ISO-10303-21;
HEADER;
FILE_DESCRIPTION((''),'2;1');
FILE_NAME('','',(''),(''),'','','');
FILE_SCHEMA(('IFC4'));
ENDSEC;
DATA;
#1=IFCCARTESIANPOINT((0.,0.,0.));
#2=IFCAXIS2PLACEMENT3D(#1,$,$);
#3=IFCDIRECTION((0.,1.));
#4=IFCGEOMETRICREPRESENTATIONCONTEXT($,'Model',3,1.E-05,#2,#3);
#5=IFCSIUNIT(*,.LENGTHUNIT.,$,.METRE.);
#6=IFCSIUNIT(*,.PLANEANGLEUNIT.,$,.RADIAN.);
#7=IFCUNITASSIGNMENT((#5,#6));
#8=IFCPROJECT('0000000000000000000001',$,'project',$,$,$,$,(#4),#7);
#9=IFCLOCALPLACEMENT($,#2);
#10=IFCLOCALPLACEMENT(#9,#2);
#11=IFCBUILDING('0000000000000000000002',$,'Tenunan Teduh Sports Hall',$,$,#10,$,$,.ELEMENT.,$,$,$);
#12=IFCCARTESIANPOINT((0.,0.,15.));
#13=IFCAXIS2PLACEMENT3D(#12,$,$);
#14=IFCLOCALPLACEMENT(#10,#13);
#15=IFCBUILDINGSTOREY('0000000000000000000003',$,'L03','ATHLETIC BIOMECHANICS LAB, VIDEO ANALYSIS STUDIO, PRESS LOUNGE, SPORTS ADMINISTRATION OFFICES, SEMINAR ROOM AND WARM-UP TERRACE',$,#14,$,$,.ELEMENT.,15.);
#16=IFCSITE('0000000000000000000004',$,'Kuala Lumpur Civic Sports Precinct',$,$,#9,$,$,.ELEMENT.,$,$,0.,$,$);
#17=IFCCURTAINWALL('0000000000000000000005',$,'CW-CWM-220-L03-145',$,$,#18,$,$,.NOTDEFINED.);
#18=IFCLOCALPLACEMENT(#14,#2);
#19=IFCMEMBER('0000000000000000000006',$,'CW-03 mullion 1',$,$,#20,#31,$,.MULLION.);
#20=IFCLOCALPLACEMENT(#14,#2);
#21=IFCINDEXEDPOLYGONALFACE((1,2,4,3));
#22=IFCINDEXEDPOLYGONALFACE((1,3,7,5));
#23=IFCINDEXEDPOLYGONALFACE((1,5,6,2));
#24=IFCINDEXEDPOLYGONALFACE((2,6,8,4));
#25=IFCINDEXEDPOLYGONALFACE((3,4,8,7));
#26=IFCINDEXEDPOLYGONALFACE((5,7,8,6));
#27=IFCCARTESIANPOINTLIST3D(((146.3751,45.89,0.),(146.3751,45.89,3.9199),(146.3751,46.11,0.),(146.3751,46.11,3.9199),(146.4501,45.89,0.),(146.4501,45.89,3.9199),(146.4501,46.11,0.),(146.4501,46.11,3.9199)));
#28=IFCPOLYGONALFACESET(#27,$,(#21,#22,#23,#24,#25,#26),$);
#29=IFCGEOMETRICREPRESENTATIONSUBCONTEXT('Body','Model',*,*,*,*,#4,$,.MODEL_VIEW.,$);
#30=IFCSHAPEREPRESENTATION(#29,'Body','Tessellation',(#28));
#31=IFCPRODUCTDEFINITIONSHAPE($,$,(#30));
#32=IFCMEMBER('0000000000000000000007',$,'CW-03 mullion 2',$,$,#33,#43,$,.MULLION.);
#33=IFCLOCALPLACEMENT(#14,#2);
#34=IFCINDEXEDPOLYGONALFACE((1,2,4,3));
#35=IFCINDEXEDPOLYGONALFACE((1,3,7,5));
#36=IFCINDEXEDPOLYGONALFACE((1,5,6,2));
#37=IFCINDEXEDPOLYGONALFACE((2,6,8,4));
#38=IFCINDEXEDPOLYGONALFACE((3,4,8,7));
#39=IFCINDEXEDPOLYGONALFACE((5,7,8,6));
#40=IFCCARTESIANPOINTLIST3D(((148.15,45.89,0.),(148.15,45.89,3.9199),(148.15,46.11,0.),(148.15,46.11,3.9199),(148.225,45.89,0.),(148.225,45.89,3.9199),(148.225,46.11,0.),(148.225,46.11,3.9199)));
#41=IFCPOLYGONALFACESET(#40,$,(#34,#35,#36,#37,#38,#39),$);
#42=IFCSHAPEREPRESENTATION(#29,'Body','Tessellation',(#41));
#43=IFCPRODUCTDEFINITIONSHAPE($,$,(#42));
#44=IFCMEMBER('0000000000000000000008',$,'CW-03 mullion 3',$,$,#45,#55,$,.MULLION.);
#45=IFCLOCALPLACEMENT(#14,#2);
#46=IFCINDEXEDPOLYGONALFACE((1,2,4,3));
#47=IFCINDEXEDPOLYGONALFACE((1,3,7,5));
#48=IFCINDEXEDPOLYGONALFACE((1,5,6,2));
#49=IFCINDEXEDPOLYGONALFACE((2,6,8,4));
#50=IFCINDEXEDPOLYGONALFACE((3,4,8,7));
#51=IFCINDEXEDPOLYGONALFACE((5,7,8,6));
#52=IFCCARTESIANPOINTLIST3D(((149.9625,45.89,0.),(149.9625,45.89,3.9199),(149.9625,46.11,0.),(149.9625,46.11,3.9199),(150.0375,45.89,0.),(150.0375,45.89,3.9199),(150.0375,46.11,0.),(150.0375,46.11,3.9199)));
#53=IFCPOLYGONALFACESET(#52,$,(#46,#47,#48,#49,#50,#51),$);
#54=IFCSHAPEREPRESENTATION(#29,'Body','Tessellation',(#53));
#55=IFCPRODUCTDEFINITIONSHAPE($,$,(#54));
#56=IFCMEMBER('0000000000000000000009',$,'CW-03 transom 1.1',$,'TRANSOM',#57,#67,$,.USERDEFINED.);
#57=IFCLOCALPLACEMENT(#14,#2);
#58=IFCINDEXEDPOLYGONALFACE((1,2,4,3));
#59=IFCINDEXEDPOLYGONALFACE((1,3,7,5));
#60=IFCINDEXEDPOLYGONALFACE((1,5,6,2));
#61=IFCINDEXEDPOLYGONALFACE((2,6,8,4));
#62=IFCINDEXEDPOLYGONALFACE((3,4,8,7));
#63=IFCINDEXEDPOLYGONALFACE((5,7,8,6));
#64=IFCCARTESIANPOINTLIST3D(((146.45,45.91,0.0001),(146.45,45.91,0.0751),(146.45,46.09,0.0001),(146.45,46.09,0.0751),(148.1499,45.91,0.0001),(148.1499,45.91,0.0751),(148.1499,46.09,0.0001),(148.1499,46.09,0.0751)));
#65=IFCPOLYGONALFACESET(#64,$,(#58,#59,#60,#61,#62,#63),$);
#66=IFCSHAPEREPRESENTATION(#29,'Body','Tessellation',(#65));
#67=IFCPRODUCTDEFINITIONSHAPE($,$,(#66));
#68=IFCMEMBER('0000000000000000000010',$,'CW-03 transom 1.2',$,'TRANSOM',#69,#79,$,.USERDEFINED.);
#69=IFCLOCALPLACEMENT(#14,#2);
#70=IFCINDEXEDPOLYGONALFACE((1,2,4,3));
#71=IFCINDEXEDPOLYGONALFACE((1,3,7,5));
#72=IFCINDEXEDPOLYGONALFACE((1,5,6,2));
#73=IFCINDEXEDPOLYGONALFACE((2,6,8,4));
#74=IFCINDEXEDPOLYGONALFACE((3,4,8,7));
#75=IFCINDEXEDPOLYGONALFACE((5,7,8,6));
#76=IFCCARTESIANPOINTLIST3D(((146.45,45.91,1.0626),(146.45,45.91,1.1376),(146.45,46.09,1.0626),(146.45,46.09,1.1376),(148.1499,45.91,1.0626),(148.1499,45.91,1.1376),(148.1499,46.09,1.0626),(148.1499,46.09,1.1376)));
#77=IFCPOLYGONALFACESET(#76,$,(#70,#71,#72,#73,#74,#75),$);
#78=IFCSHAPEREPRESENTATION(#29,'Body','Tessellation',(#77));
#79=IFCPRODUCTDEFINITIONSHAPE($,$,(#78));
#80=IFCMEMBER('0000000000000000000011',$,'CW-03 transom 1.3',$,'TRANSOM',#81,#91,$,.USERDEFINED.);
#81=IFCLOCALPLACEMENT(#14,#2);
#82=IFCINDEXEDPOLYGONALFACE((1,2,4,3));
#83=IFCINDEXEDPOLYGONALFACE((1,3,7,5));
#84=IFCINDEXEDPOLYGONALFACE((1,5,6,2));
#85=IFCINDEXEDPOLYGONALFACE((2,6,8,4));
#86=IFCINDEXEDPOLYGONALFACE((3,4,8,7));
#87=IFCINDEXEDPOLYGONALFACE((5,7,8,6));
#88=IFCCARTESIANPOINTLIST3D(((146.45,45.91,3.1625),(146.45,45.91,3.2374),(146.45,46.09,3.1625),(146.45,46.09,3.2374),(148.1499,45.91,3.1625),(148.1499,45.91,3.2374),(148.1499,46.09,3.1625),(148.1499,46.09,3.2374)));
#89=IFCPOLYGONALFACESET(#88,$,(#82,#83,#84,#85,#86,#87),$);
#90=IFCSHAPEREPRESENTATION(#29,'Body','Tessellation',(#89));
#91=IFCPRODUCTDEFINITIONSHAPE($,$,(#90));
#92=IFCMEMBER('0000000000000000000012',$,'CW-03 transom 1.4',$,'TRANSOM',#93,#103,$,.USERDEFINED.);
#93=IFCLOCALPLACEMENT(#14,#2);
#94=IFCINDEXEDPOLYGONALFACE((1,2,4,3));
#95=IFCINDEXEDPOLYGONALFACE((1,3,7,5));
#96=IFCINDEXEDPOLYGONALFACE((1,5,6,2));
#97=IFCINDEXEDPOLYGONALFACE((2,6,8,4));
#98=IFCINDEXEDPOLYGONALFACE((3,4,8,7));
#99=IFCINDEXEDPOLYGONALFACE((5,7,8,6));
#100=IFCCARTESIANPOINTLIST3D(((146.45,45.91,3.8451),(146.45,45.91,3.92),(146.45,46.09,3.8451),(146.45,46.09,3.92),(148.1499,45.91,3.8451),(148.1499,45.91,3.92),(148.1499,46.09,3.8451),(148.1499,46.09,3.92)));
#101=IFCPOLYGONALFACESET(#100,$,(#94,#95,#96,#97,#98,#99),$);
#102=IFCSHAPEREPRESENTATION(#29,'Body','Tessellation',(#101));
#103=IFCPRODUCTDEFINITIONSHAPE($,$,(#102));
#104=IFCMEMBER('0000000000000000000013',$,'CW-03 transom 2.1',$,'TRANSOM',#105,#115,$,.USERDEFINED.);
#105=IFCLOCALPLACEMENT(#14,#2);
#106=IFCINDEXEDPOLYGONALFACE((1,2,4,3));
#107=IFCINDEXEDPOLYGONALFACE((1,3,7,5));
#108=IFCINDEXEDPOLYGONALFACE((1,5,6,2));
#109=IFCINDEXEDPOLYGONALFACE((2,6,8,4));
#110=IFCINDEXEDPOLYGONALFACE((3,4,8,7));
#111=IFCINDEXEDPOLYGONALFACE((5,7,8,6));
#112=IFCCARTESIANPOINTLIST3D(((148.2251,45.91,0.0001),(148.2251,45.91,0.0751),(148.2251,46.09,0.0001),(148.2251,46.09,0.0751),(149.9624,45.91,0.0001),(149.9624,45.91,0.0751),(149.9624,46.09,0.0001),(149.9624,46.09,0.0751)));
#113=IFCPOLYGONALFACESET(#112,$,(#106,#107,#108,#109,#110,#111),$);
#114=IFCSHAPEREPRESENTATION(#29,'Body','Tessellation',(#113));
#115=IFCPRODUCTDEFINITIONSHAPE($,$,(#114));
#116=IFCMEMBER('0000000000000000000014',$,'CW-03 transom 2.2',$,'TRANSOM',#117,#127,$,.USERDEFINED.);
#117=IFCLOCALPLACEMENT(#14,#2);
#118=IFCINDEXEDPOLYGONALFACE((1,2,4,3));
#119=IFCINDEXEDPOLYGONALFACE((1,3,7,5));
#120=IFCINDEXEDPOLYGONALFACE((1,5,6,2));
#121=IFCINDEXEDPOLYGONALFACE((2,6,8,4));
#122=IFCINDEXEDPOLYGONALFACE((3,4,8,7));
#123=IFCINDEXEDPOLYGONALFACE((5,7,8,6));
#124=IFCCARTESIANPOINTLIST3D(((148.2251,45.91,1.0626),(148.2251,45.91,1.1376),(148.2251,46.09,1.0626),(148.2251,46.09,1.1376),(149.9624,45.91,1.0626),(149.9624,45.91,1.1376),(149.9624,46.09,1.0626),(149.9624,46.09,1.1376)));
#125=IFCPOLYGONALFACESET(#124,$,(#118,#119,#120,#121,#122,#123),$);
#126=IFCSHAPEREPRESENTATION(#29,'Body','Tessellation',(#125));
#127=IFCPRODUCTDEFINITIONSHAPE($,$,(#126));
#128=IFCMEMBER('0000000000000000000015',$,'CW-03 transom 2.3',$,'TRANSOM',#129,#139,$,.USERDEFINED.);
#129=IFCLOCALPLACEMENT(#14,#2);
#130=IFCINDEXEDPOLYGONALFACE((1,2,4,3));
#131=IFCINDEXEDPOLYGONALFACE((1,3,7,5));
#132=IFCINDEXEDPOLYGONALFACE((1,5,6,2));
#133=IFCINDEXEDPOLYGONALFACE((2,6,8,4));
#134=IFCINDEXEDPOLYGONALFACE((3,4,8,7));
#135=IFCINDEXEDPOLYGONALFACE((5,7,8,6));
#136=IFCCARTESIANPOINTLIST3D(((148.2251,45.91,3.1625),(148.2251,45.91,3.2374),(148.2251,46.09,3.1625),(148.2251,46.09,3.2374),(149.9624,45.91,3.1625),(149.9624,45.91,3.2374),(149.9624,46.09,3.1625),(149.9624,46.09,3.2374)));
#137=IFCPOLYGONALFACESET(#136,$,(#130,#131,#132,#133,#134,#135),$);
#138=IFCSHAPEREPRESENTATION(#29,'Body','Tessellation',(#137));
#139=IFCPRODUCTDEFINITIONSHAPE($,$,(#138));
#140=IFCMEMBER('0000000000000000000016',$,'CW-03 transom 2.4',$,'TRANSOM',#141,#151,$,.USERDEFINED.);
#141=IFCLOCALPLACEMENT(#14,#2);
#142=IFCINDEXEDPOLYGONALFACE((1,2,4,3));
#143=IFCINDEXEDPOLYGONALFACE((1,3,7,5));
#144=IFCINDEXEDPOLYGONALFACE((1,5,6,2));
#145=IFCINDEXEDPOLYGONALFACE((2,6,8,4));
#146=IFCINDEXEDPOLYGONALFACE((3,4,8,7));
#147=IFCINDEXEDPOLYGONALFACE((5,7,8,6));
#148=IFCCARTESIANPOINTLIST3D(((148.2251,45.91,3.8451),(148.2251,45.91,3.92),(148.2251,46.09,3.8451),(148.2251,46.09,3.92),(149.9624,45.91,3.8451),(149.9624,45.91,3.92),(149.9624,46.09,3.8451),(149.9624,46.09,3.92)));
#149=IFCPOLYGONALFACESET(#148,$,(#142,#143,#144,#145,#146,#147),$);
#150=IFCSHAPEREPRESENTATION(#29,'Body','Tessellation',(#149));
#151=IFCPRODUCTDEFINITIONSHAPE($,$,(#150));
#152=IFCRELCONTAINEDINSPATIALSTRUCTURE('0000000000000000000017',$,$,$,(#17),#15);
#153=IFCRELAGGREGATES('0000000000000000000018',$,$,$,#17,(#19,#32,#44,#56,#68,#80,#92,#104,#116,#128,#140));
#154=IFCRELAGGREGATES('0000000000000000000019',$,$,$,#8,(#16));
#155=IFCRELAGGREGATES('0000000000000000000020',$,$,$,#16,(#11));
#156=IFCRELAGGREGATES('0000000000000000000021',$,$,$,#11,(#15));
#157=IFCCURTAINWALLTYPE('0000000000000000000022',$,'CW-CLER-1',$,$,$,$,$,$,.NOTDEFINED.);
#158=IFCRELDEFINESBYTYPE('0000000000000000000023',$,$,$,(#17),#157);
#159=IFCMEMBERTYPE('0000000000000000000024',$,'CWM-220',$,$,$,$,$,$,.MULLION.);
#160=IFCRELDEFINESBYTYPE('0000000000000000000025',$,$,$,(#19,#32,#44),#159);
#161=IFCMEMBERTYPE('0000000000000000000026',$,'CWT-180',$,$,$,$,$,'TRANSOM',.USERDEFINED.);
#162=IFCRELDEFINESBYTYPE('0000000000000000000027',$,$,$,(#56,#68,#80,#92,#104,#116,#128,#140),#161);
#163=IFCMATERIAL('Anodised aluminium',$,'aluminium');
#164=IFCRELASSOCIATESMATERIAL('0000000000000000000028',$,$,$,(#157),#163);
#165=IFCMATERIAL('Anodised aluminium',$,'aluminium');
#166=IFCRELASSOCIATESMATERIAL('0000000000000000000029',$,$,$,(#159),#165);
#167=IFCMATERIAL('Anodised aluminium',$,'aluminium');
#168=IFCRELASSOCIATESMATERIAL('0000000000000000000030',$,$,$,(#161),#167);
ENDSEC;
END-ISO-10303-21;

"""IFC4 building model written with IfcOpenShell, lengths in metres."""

from ifc_helpers import new_model, si_unit, direction, frame, origin, origin_2d, place, context, subcontext, project, spatial, rectangle, extrude, material, material_profile, profile_set, type_object, element, aggregate, save


model = new_model("IFC4")

# Units and contexts
model_context = context("Model", 3, precision=1e-05, world=origin(), true_north=direction((0.0, 1.0)))
body_context = subcontext(model_context, "Body", "Model", "MODEL_VIEW")
ifc_project = project(units=[si_unit("LENGTHUNIT", "METRE"), si_unit("PLANEANGLEUNIT", "RADIAN")], contexts=[model_context])

# Site, building, storey
site_placement = place(None, origin())
site = spatial("IfcSite", under=ifc_project, at=site_placement, Name="Kuala Lumpur Civic Sports Precinct", CompositionType="ELEMENT", RefElevation=0.0)
building_placement = place(site_placement, origin())
building = spatial("IfcBuilding", under=site, at=building_placement, Name="Tenunan Teduh Sports Hall", CompositionType="ELEMENT")
storey_placement = place(building_placement, frame((0.0, 0.0, 15.0)))
storey = spatial("IfcBuildingStorey", under=building, at=storey_placement, Name="L03", Description="ATHLETIC BIOMECHANICS LAB, VIDEO ANALYSIS STUDIO, PRESS LOUNGE, SPORTS ADMINISTRATION OFFICES, SEMINAR ROOM AND WARM-UP TERRACE", CompositionType="ELEMENT", Elevation=15.0)

# Curtain wall, members
ifc_material_1 = material(Name="Anodised aluminium", Category="aluminium")
curtain_wall_type = type_object("IfcCurtainWallType", Name="CW-CLER-1", PredefinedType="NOTDEFINED", material=ifc_material_1)
curtain_wall_placement = place(storey_placement, origin())
curtain_wall = element("IfcCurtainWall", 1, at=curtain_wall_placement, inside=storey, type_object=curtain_wall_type, Name="CW-CWM-220-L03-145", PredefinedType="NOTDEFINED")
ifc_material_2 = material(Name="Anodised aluminium", Category="aluminium")
ifc_material_profile_1 = material_profile(ifc_material_2, rectangle(XDim=0.075, YDim=0.22, at=origin_2d()), Name="CWM 75x220")
ifc_profile_set_1 = profile_set([ifc_material_profile_1], Name="Anodised aluminium")
member_type_1 = type_object("IfcMemberType", Name="CWM-220", PredefinedType="MULLION", material=ifc_profile_set_1)
member_1_placement = place(storey_placement, frame((146.4126, 46.0, 0.0), z_axis=(0.0, 0.0, 1.0), x_axis=(1.0, 0.0, 0.0)))
member_1 = element("IfcMember", 2, at=member_1_placement, type_object=member_type_1, Name="CW-03 mullion 1", PredefinedType="MULLION", context=body_context, shape_type="SweptSolid", body=[
    extrude(rectangle(XDim=0.075, YDim=0.22, at=origin_2d()), origin(), (0.0, 0.0, 1.0), 3.9199),
])
member_2_placement = place(storey_placement, frame((148.1875, 46.0, 0.0), z_axis=(0.0, 0.0, 1.0), x_axis=(1.0, 0.0, 0.0)))
member_2 = element("IfcMember", 3, at=member_2_placement, type_object=member_type_1, Name="CW-03 mullion 2", PredefinedType="MULLION", context=body_context, shape_type="SweptSolid", body=[
    extrude(rectangle(XDim=0.075, YDim=0.22, at=origin_2d()), origin(), (0.0, 0.0, 1.0), 3.9199),
])
member_3_placement = place(storey_placement, frame((150.0, 46.0, 0.0), z_axis=(0.0, 0.0, 1.0), x_axis=(1.0, 0.0, 0.0)))
member_3 = element("IfcMember", 4, at=member_3_placement, type_object=member_type_1, Name="CW-03 mullion 3", PredefinedType="MULLION", context=body_context, shape_type="SweptSolid", body=[
    extrude(rectangle(XDim=0.075, YDim=0.22, at=origin_2d()), origin(), (0.0, 0.0, 1.0), 3.9199),
])
ifc_material_3 = material(Name="Anodised aluminium", Category="aluminium")
ifc_material_profile_2 = material_profile(ifc_material_3, rectangle(XDim=0.075, YDim=0.1799, at=origin_2d()), Name="CWT 75x180")
ifc_profile_set_2 = profile_set([ifc_material_profile_2], Name="Anodised aluminium")
member_type_2 = type_object("IfcMemberType", Name="CWT-180", ElementType="TRANSOM", PredefinedType="USERDEFINED", material=ifc_profile_set_2)
member_4_placement = place(storey_placement, frame((146.45, 46.0, 0.0376), z_axis=(1.0, 0.0, 0.0), x_axis=(0.0, 0.0, 1.0)))
member_4 = element("IfcMember", 5, at=member_4_placement, type_object=member_type_2, Name="CW-03 transom 1.1", ObjectType="TRANSOM", PredefinedType="USERDEFINED", context=body_context, shape_type="SweptSolid", body=[
    extrude(rectangle(XDim=0.075, YDim=0.1799, at=origin_2d()), origin(), (0.0, 0.0, 1.0), 1.7),
])
member_5_placement = place(storey_placement, frame((146.45, 46.0, 1.1001), z_axis=(1.0, 0.0, 0.0), x_axis=(0.0, 0.0, 1.0)))
member_5 = element("IfcMember", 6, at=member_5_placement, type_object=member_type_2, Name="CW-03 transom 1.2", ObjectType="TRANSOM", PredefinedType="USERDEFINED", context=body_context, shape_type="SweptSolid", body=[
    extrude(rectangle(XDim=0.075, YDim=0.1799, at=origin_2d()), origin(), (0.0, 0.0, 1.0), 1.7),
])
member_6_placement = place(storey_placement, frame((146.45, 46.0, 3.2), z_axis=(1.0, 0.0, 0.0), x_axis=(0.0, 0.0, 1.0)))
member_6 = element("IfcMember", 7, at=member_6_placement, type_object=member_type_2, Name="CW-03 transom 1.3", ObjectType="TRANSOM", PredefinedType="USERDEFINED", context=body_context, shape_type="SweptSolid", body=[
    extrude(rectangle(XDim=0.075, YDim=0.1799, at=origin_2d()), origin(), (0.0, 0.0, 1.0), 1.7),
])
member_7_placement = place(storey_placement, frame((146.45, 46.0, 3.8826), z_axis=(1.0, 0.0, 0.0), x_axis=(0.0, 0.0, 1.0)))
member_7 = element("IfcMember", 8, at=member_7_placement, type_object=member_type_2, Name="CW-03 transom 1.4", ObjectType="TRANSOM", PredefinedType="USERDEFINED", context=body_context, shape_type="SweptSolid", body=[
    extrude(rectangle(XDim=0.075, YDim=0.1799, at=origin_2d()), origin(), (0.0, 0.0, 1.0), 1.7),
])
member_8_placement = place(storey_placement, frame((148.2251, 46.0, 0.0376), z_axis=(1.0, 0.0, 0.0), x_axis=(0.0, 0.0, 1.0)))
member_8 = element("IfcMember", 9, at=member_8_placement, type_object=member_type_2, Name="CW-03 transom 2.1", ObjectType="TRANSOM", PredefinedType="USERDEFINED", context=body_context, shape_type="SweptSolid", body=[
    extrude(rectangle(XDim=0.075, YDim=0.1799, at=origin_2d()), origin(), (0.0, 0.0, 1.0), 1.7373),
])
member_9_placement = place(storey_placement, frame((148.2251, 46.0, 1.1001), z_axis=(1.0, 0.0, 0.0), x_axis=(0.0, 0.0, 1.0)))
member_9 = element("IfcMember", 10, at=member_9_placement, type_object=member_type_2, Name="CW-03 transom 2.2", ObjectType="TRANSOM", PredefinedType="USERDEFINED", context=body_context, shape_type="SweptSolid", body=[
    extrude(rectangle(XDim=0.075, YDim=0.1799, at=origin_2d()), origin(), (0.0, 0.0, 1.0), 1.7373),
])
member_10_placement = place(storey_placement, frame((148.2251, 46.0, 3.2), z_axis=(1.0, 0.0, 0.0), x_axis=(0.0, 0.0, 1.0)))
member_10 = element("IfcMember", 11, at=member_10_placement, type_object=member_type_2, Name="CW-03 transom 2.3", ObjectType="TRANSOM", PredefinedType="USERDEFINED", context=body_context, shape_type="SweptSolid", body=[
    extrude(rectangle(XDim=0.075, YDim=0.1799, at=origin_2d()), origin(), (0.0, 0.0, 1.0), 1.7373),
])
member_11_placement = place(storey_placement, frame((148.2251, 46.0, 3.8826), z_axis=(1.0, 0.0, 0.0), x_axis=(0.0, 0.0, 1.0)))
member_11 = element("IfcMember", 12, at=member_11_placement, type_object=member_type_2, Name="CW-03 transom 2.4", ObjectType="TRANSOM", PredefinedType="USERDEFINED", context=body_context, shape_type="SweptSolid", body=[
    extrude(rectangle(XDim=0.075, YDim=0.1799, at=origin_2d()), origin(), (0.0, 0.0, 1.0), 1.7373),
])

aggregate(curtain_wall, [member_1, member_2, member_3, member_4, member_5, member_6, member_7, member_8, member_9, member_10, member_11])

save(model, "model.ifc")
